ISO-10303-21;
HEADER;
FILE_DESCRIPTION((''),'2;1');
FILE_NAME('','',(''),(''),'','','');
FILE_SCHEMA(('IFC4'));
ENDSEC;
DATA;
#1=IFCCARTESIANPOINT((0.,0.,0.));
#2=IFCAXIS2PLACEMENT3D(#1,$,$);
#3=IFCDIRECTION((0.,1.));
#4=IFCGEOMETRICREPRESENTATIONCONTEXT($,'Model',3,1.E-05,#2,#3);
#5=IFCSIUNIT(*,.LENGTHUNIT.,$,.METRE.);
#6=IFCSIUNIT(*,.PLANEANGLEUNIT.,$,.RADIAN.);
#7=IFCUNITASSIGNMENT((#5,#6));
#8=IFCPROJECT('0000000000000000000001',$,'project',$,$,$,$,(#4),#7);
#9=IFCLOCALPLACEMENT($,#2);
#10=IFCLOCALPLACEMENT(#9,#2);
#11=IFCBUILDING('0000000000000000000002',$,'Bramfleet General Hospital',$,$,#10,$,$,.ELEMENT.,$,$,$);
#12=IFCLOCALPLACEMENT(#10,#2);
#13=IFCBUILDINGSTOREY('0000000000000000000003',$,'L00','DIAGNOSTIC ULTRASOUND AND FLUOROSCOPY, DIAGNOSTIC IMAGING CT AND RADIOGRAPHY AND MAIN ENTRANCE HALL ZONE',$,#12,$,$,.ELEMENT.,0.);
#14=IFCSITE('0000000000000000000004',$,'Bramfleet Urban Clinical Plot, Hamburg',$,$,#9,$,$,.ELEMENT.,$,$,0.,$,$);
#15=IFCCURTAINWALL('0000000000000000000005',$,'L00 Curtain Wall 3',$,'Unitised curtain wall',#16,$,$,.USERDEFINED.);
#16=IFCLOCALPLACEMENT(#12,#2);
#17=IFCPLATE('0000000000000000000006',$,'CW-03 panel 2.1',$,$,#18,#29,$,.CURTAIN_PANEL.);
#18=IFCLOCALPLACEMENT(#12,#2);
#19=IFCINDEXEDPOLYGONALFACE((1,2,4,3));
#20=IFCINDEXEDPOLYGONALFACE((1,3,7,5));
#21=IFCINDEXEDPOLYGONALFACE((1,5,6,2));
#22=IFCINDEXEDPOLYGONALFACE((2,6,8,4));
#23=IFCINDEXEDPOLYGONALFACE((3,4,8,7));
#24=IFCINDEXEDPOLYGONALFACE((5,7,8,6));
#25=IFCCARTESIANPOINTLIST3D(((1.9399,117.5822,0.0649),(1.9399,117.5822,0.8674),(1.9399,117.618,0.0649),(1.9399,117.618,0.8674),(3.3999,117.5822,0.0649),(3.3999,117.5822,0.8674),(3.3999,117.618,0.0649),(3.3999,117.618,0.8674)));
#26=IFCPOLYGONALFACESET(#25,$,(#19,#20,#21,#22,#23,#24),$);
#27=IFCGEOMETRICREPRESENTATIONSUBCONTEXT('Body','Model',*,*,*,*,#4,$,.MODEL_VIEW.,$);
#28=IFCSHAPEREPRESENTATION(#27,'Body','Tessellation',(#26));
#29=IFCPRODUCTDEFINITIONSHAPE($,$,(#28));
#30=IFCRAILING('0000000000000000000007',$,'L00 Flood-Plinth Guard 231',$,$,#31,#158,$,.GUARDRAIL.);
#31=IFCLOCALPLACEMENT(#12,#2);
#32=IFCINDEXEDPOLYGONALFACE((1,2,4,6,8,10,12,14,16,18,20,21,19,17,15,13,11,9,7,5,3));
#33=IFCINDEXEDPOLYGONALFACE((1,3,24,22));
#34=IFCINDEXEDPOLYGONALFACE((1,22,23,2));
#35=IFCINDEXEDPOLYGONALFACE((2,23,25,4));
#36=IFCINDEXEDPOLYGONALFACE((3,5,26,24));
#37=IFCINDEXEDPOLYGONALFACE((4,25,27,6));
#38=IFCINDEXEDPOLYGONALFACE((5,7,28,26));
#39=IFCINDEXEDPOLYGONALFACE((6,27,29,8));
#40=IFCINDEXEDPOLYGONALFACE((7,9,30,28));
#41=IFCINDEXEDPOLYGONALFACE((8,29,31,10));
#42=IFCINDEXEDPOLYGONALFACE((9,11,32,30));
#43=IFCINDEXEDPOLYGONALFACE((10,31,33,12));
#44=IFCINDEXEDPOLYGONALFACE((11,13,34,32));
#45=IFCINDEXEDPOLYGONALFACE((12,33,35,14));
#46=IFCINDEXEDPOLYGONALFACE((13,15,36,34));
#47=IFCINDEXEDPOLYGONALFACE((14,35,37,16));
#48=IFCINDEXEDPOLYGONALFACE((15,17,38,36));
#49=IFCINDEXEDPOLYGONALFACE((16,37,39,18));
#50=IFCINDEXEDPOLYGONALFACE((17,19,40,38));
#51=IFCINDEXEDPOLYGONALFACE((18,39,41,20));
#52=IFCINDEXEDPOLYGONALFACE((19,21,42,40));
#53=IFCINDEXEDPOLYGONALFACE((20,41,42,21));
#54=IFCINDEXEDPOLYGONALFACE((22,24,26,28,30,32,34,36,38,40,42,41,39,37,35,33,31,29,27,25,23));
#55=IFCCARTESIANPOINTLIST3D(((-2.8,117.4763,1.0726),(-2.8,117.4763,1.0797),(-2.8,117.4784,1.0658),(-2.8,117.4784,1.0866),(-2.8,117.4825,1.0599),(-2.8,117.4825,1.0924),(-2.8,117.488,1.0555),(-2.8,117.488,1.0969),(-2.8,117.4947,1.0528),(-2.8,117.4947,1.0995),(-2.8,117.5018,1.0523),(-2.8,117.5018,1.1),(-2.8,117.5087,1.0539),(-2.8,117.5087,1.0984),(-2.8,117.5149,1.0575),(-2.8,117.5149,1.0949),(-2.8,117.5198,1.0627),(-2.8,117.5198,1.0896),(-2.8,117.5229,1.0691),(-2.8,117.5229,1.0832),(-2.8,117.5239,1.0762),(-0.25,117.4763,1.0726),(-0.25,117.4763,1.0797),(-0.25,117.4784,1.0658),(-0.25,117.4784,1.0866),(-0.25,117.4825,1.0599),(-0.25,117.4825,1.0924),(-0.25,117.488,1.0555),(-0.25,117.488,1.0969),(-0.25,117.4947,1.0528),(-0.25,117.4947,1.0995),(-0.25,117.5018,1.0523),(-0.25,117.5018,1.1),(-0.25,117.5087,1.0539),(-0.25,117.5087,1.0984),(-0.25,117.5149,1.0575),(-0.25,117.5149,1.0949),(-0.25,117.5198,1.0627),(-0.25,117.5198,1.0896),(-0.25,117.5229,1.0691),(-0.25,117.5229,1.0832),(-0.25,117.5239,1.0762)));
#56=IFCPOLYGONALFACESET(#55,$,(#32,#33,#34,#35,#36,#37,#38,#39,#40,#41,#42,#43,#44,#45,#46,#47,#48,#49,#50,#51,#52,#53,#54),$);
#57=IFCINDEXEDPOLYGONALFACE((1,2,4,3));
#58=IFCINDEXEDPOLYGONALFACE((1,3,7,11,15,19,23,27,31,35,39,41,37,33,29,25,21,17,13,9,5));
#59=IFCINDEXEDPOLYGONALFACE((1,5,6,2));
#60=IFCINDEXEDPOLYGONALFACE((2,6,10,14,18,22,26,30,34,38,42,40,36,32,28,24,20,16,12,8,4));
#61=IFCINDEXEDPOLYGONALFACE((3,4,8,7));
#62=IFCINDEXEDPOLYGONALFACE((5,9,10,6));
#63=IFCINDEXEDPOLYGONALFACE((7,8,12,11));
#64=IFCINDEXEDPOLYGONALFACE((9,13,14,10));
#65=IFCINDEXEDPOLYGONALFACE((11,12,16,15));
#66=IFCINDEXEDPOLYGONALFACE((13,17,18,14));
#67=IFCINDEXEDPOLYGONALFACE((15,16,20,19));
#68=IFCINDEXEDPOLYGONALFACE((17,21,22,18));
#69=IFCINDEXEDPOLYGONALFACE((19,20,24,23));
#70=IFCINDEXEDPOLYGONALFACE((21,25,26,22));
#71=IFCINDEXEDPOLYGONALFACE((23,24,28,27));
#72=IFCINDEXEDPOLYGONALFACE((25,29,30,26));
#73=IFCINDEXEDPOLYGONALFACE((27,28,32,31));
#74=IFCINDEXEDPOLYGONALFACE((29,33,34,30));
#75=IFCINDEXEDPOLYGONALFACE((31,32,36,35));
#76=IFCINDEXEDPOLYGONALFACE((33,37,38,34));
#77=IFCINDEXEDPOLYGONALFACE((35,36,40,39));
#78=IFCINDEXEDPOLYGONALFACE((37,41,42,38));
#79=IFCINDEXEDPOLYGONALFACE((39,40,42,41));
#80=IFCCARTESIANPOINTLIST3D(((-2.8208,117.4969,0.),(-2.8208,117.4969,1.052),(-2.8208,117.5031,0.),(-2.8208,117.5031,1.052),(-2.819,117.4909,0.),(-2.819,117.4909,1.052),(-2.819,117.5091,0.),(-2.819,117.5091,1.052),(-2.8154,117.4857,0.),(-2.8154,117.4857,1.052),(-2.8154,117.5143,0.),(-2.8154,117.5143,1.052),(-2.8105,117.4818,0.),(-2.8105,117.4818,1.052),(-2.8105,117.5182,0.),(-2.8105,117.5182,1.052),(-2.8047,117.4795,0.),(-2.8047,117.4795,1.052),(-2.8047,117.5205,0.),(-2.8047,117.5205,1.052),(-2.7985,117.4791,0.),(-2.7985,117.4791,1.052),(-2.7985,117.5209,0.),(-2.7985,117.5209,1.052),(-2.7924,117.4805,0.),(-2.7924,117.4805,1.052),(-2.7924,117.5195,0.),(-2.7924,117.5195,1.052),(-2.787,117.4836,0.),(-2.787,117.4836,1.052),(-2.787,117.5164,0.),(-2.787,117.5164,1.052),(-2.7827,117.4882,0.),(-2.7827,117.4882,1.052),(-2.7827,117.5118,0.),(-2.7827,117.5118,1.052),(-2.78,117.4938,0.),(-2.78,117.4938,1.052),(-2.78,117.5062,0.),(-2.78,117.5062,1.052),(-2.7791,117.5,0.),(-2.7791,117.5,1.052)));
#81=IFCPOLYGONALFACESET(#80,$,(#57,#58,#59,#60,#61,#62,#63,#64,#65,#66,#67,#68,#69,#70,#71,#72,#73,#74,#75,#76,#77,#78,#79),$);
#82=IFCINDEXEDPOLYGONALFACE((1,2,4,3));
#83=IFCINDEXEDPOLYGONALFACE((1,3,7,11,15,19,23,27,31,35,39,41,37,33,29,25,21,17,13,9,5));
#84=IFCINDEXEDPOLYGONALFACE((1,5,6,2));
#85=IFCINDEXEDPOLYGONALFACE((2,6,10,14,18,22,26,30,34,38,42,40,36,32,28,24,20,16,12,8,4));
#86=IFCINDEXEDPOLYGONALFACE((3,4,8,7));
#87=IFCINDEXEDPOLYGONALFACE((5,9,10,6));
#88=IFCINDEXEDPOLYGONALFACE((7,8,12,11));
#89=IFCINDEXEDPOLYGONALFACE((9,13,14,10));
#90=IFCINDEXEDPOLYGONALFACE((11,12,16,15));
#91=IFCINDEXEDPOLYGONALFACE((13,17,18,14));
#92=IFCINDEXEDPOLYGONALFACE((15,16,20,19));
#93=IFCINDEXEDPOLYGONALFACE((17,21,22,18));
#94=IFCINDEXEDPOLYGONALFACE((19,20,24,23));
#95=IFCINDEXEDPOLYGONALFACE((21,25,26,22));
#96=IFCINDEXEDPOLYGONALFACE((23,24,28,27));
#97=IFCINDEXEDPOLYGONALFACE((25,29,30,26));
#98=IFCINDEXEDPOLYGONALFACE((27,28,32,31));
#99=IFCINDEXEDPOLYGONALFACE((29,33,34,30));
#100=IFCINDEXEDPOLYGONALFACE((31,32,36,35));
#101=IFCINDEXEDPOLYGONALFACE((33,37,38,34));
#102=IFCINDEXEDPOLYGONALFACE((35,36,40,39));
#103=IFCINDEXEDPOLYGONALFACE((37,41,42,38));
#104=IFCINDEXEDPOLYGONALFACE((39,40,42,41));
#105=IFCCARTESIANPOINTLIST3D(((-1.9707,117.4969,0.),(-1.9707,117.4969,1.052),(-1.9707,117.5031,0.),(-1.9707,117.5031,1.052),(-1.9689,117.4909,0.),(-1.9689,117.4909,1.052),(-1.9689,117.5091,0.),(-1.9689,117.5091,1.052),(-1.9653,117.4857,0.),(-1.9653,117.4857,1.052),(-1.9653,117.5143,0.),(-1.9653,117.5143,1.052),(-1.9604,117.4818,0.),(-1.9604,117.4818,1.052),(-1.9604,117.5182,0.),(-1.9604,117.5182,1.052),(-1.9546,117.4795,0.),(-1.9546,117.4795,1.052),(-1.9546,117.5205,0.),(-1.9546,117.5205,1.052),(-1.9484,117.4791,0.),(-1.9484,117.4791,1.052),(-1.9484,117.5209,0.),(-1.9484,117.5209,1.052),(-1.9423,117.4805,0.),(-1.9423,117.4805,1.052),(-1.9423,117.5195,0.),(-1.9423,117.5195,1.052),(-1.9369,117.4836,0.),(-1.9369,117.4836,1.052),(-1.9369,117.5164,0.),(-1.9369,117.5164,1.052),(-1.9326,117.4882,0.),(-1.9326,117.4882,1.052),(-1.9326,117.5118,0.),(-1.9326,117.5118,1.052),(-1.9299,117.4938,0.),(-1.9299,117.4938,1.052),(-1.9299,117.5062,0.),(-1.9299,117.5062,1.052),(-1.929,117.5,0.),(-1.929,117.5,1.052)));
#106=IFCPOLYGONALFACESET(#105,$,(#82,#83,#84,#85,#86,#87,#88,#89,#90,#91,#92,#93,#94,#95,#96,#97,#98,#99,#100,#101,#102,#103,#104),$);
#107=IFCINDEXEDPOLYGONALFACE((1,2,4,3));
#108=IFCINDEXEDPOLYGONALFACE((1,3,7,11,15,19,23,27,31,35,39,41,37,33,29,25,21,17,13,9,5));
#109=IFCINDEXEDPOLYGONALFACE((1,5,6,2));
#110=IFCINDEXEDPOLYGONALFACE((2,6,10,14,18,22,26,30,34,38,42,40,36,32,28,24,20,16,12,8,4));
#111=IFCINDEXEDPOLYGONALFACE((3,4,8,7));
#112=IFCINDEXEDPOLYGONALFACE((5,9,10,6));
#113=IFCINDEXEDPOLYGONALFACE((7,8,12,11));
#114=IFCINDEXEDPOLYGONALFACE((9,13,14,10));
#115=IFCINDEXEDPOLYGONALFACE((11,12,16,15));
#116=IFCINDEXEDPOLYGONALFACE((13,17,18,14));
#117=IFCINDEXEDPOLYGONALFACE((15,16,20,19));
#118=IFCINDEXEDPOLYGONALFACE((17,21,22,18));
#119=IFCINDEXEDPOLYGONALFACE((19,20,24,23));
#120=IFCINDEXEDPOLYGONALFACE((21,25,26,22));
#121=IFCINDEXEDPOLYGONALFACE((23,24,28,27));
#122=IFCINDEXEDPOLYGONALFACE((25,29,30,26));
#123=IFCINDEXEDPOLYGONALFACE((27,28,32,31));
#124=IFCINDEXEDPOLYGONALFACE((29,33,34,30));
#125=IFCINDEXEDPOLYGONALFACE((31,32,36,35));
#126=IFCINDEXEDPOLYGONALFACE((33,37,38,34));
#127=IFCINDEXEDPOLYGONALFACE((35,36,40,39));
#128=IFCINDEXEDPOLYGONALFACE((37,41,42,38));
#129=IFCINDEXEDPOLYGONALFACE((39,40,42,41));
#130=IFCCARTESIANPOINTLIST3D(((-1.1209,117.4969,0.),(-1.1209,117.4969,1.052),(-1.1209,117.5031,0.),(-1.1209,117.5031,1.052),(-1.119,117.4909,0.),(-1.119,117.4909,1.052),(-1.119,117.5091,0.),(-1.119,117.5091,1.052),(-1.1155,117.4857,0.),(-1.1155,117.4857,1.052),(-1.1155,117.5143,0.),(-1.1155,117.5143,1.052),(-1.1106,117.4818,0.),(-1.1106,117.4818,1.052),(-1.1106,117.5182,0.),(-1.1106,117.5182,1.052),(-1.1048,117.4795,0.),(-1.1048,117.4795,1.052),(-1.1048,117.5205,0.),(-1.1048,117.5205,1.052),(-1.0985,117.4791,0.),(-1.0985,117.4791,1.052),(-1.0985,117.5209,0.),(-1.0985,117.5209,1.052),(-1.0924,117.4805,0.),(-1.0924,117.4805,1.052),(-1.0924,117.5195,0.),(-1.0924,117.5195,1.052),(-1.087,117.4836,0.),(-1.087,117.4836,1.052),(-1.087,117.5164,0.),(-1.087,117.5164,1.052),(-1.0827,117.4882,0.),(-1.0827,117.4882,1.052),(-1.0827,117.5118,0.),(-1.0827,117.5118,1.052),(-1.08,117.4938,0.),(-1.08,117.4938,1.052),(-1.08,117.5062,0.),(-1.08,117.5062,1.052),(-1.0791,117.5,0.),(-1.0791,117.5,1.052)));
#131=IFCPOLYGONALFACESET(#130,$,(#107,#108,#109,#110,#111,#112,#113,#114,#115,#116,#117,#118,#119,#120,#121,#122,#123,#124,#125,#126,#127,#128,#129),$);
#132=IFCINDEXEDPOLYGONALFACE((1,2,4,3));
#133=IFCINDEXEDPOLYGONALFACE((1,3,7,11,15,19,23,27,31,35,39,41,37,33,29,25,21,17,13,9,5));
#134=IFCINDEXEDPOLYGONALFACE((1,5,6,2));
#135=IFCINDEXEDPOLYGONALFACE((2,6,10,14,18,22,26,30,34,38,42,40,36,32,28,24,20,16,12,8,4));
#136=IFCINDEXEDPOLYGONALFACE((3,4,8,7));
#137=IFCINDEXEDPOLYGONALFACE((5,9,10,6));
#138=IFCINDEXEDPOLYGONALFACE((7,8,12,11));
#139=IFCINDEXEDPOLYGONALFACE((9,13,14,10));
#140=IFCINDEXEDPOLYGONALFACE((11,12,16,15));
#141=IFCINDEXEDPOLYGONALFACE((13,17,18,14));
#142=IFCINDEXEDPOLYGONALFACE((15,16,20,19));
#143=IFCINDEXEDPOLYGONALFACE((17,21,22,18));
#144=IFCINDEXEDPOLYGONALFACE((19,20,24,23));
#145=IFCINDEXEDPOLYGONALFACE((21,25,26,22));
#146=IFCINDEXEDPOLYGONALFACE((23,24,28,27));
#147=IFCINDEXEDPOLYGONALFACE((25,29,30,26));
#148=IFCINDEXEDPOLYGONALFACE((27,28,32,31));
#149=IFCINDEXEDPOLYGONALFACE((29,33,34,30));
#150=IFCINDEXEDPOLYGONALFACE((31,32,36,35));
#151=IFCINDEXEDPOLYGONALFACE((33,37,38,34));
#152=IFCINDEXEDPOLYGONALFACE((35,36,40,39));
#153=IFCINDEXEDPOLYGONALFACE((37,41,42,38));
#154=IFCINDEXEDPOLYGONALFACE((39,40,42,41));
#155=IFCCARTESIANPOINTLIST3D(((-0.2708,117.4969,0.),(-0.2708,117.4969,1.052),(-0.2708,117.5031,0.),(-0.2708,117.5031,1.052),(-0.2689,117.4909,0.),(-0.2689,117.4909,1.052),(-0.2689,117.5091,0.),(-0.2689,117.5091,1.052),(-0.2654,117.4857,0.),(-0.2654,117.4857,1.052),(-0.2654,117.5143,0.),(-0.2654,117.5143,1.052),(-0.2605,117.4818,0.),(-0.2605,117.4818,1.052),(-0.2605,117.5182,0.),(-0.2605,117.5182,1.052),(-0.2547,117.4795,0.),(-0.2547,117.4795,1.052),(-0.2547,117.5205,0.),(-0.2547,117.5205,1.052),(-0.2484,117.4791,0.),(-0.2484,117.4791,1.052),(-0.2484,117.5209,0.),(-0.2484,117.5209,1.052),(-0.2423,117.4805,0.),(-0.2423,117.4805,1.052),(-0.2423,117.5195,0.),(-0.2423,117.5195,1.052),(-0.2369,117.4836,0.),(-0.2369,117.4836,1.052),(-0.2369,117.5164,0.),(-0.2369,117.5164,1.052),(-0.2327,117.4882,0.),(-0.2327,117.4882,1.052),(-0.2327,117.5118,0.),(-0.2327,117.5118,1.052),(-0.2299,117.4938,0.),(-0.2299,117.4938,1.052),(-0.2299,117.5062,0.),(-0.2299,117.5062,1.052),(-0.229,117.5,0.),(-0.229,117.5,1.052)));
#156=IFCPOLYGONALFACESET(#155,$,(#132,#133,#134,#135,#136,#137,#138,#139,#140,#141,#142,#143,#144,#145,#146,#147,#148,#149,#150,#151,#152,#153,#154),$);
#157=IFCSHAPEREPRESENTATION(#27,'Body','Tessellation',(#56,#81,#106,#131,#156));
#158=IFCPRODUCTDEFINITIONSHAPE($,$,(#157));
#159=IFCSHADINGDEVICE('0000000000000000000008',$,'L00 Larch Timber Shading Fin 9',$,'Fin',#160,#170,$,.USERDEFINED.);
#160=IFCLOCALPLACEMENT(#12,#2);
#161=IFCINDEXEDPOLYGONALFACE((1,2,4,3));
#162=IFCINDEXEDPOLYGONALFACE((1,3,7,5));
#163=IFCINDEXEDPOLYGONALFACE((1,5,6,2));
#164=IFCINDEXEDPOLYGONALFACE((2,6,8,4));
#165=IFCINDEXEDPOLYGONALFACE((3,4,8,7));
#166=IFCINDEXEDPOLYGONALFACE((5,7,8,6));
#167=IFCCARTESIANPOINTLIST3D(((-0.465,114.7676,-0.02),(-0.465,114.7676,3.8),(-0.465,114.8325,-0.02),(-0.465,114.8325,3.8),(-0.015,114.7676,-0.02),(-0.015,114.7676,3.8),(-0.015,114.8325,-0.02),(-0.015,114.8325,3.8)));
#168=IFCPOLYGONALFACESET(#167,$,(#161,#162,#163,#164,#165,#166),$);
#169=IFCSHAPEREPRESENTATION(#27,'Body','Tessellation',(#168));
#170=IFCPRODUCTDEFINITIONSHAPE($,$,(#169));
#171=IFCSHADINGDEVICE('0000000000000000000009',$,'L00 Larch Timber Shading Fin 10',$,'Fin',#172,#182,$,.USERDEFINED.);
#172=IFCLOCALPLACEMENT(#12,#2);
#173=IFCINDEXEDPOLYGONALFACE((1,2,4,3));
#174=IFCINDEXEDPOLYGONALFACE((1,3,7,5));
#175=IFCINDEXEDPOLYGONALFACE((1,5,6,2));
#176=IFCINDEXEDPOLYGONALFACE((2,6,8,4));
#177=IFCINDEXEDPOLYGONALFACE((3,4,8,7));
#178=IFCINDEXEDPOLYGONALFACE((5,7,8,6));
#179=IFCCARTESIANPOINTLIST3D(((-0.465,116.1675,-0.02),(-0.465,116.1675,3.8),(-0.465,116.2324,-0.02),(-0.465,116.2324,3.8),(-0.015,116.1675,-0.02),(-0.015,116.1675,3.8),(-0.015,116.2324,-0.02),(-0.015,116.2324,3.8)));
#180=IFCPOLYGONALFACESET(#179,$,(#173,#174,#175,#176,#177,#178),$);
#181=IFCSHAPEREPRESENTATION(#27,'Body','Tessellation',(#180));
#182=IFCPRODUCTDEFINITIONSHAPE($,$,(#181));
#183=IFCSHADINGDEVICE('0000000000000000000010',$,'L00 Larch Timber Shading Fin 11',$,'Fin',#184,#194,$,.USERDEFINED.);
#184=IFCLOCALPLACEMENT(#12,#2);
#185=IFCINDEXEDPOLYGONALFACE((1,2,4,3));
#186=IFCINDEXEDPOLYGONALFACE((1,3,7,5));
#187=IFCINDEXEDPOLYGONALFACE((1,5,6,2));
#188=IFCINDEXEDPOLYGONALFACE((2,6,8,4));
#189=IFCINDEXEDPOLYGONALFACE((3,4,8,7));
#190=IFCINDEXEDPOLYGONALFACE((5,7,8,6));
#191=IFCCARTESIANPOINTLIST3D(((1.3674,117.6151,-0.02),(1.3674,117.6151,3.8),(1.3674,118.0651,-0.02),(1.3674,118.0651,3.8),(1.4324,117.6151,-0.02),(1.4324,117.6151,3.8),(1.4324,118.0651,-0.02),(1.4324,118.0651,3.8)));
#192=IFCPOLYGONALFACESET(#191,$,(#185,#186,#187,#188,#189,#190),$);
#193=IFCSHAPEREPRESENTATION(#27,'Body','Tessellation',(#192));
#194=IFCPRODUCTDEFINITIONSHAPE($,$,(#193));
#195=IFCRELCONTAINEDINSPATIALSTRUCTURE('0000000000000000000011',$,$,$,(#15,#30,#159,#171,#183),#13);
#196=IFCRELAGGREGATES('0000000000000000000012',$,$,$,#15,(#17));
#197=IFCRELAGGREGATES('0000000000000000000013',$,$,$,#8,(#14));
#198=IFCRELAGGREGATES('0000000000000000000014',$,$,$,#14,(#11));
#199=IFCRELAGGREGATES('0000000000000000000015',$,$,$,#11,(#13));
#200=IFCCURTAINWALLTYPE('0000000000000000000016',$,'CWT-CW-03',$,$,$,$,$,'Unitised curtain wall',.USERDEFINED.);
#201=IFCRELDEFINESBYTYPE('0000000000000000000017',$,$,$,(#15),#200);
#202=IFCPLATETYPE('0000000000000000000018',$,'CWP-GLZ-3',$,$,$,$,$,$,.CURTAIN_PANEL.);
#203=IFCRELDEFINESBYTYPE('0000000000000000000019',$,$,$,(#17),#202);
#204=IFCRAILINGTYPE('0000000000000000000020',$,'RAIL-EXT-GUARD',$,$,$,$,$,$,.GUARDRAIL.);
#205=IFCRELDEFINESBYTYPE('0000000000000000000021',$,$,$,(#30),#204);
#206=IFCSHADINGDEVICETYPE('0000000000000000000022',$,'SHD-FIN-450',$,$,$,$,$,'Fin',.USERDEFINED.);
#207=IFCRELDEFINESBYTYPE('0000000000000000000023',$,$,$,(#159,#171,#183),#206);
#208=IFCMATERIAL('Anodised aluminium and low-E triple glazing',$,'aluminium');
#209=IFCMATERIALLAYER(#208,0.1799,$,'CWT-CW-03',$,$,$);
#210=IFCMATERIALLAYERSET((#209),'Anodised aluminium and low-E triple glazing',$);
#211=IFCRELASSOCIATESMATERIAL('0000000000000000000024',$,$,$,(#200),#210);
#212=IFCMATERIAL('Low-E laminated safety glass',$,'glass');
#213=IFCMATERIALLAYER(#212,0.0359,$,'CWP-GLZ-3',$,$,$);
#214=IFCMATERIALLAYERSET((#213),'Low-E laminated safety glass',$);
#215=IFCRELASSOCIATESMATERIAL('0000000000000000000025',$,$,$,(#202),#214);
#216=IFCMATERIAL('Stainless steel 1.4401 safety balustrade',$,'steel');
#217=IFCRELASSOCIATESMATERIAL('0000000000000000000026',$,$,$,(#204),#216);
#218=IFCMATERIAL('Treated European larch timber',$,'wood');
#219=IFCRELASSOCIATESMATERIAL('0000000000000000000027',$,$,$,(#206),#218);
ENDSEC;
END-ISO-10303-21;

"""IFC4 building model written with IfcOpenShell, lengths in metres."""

from ifc_helpers import new_model, si_unit, direction, frame, origin, origin_2d, place, context, subcontext, project, spatial, rectangle, circle, extrude, material, layer, layer_set, material_profile, profile_set, type_object, element, aggregate, save


model = new_model("IFC4")

# Units and contexts
model_context = context("Model", 3, precision=1e-05, world=origin(), true_north=direction((0.0, 1.0)))
body_context = subcontext(model_context, "Body", "Model", "MODEL_VIEW")
ifc_project = project(units=[si_unit("LENGTHUNIT", "METRE"), si_unit("PLANEANGLEUNIT", "RADIAN")], contexts=[model_context])

# Site, building, storey
site_placement = place(None, origin())
site = spatial("IfcSite", under=ifc_project, at=site_placement, Name="Bramfleet Urban Clinical Plot, Hamburg", CompositionType="ELEMENT", RefElevation=0.0)
building_placement = place(site_placement, origin())
building = spatial("IfcBuilding", under=site, at=building_placement, Name="Bramfleet General Hospital", CompositionType="ELEMENT")
storey_placement = place(building_placement, origin())
storey = spatial("IfcBuildingStorey", under=building, at=storey_placement, Name="L00", Description="DIAGNOSTIC ULTRASOUND AND FLUOROSCOPY, DIAGNOSTIC IMAGING CT AND RADIOGRAPHY AND MAIN ENTRANCE HALL ZONE", CompositionType="ELEMENT", Elevation=0.0)

# Curtain wall
ifc_material_1 = material(Name="Anodised aluminium and low-E triple glazing", Category="aluminium")
ifc_layer_1 = layer(ifc_material_1, 0.1799, Name="CWT-CW-03")
ifc_layer_set_1 = layer_set([ifc_layer_1], Name="Anodised aluminium and low-E triple glazing")
curtain_wall_type_1 = type_object("IfcCurtainWallType", Name="CWT-CW-03", ElementType="Unitised curtain wall", PredefinedType="USERDEFINED", material=ifc_layer_set_1)
curtain_wall_1_placement = place(storey_placement, origin())
curtain_wall_1 = element("IfcCurtainWall", 1, at=curtain_wall_1_placement, inside=storey, type_object=curtain_wall_type_1, Name="L00 Curtain Wall 3", ObjectType="Unitised curtain wall", PredefinedType="USERDEFINED")

# Plate
ifc_material_2 = material(Name="Low-E laminated safety glass", Category="glass")
ifc_layer_2 = layer(ifc_material_2, 0.0359, Name="CWP-GLZ-3")
ifc_layer_set_2 = layer_set([ifc_layer_2], Name="Low-E laminated safety glass")
plate_type_1 = type_object("IfcPlateType", Name="CWP-GLZ-3", PredefinedType="CURTAIN_PANEL", material=ifc_layer_set_2)
plate_1_placement = place(storey_placement, frame((2.6699, 117.6001, 0.0649), z_axis=(0.0, 0.0, 1.0), x_axis=(1.0, 0.0, 0.0)))
plate_1 = element("IfcPlate", 2, at=plate_1_placement, type_object=plate_type_1, Name="CW-03 panel 2.1", PredefinedType="CURTAIN_PANEL", context=body_context, shape_type="SweptSolid", body=[
    extrude(rectangle(XDim=1.46, YDim=0.0359, at=origin_2d()), origin(), (0.0, 0.0, 1.0), 0.8025),
])
aggregate(curtain_wall_1, [plate_1])

# Railing
ifc_material_3 = material(Name="Stainless steel 1.4401 safety balustrade", Category="steel")
railing_type = type_object("IfcRailingType", Name="RAIL-EXT-GUARD", PredefinedType="GUARDRAIL", material=ifc_material_3)
railing_placement = place(storey_placement, frame((-2.8, 117.5, 0.0)))
element("IfcRailing", 3, at=railing_placement, inside=storey, type_object=railing_type, Name="L00 Flood-Plinth Guard 231", PredefinedType="GUARDRAIL", context=body_context, shape_type="SweptSolid", body=[
    extrude(circle(Radius=0.0239, at=origin_2d()), frame((0.0, 0.0, 1.0762), z_axis=(1.0, 0.0, 0.0), x_axis=(0.0, 1.0, 0.0)), (0.0, 0.0, 1.0), 2.55),
    extrude(circle(Radius=0.021, at=origin_2d()), origin(), (0.0, 0.0, 1.0), 1.052),
    extrude(circle(Radius=0.021, at=origin_2d()), frame((0.8501, 0.0, 0.0)), (0.0, 0.0, 1.0), 1.052),
    extrude(circle(Radius=0.021, at=origin_2d()), frame((1.7, 0.0, 0.0)), (0.0, 0.0, 1.0), 1.052),
    extrude(circle(Radius=0.021, at=origin_2d()), frame((2.55, 0.0, 0.0)), (0.0, 0.0, 1.0), 1.052),
])

# Shading devices
ifc_material_4 = material(Name="Treated European larch timber", Category="wood")
ifc_material_profile_1 = material_profile(ifc_material_4, rectangle(XDim=0.0649, YDim=0.45, at=origin_2d()), Name="LARCH FIN 450x65")
ifc_profile_set_1 = profile_set([ifc_material_profile_1], Name="Treated European larch timber")
shading_device_type = type_object("IfcShadingDeviceType", Name="SHD-FIN-450", ElementType="Fin", PredefinedType="USERDEFINED", material=ifc_profile_set_1)
for number, where, z_axis, x_axis, name in (
    (4, (-0.24, 114.8, -0.02), (0.0, 0.0, 1.0), (0.0, 1.0, 0.0), "L00 Larch Timber Shading Fin 9"),
    (5, (-0.24, 116.2, -0.02), (0.0, 0.0, 1.0), (0.0, 1.0, 0.0), "L00 Larch Timber Shading Fin 10"),
    (6, (1.3999, 117.8401, -0.02), (0.0, 0.0, 1.0), (1.0, 0.0, 0.0), "L00 Larch Timber Shading Fin 11"),
):
    element("IfcShadingDevice", number, at=place(storey_placement, frame(where, z_axis=z_axis, x_axis=x_axis)), inside=storey, type_object=shading_device_type, Name=name, ObjectType="Fin", PredefinedType="USERDEFINED", context=body_context, shape_type="SweptSolid", body=[
        extrude(rectangle(XDim=0.0649, YDim=0.45, at=origin_2d()), origin(), (0.0, 0.0, 1.0), 3.8201),
    ])

save(model, "model.ifc")
